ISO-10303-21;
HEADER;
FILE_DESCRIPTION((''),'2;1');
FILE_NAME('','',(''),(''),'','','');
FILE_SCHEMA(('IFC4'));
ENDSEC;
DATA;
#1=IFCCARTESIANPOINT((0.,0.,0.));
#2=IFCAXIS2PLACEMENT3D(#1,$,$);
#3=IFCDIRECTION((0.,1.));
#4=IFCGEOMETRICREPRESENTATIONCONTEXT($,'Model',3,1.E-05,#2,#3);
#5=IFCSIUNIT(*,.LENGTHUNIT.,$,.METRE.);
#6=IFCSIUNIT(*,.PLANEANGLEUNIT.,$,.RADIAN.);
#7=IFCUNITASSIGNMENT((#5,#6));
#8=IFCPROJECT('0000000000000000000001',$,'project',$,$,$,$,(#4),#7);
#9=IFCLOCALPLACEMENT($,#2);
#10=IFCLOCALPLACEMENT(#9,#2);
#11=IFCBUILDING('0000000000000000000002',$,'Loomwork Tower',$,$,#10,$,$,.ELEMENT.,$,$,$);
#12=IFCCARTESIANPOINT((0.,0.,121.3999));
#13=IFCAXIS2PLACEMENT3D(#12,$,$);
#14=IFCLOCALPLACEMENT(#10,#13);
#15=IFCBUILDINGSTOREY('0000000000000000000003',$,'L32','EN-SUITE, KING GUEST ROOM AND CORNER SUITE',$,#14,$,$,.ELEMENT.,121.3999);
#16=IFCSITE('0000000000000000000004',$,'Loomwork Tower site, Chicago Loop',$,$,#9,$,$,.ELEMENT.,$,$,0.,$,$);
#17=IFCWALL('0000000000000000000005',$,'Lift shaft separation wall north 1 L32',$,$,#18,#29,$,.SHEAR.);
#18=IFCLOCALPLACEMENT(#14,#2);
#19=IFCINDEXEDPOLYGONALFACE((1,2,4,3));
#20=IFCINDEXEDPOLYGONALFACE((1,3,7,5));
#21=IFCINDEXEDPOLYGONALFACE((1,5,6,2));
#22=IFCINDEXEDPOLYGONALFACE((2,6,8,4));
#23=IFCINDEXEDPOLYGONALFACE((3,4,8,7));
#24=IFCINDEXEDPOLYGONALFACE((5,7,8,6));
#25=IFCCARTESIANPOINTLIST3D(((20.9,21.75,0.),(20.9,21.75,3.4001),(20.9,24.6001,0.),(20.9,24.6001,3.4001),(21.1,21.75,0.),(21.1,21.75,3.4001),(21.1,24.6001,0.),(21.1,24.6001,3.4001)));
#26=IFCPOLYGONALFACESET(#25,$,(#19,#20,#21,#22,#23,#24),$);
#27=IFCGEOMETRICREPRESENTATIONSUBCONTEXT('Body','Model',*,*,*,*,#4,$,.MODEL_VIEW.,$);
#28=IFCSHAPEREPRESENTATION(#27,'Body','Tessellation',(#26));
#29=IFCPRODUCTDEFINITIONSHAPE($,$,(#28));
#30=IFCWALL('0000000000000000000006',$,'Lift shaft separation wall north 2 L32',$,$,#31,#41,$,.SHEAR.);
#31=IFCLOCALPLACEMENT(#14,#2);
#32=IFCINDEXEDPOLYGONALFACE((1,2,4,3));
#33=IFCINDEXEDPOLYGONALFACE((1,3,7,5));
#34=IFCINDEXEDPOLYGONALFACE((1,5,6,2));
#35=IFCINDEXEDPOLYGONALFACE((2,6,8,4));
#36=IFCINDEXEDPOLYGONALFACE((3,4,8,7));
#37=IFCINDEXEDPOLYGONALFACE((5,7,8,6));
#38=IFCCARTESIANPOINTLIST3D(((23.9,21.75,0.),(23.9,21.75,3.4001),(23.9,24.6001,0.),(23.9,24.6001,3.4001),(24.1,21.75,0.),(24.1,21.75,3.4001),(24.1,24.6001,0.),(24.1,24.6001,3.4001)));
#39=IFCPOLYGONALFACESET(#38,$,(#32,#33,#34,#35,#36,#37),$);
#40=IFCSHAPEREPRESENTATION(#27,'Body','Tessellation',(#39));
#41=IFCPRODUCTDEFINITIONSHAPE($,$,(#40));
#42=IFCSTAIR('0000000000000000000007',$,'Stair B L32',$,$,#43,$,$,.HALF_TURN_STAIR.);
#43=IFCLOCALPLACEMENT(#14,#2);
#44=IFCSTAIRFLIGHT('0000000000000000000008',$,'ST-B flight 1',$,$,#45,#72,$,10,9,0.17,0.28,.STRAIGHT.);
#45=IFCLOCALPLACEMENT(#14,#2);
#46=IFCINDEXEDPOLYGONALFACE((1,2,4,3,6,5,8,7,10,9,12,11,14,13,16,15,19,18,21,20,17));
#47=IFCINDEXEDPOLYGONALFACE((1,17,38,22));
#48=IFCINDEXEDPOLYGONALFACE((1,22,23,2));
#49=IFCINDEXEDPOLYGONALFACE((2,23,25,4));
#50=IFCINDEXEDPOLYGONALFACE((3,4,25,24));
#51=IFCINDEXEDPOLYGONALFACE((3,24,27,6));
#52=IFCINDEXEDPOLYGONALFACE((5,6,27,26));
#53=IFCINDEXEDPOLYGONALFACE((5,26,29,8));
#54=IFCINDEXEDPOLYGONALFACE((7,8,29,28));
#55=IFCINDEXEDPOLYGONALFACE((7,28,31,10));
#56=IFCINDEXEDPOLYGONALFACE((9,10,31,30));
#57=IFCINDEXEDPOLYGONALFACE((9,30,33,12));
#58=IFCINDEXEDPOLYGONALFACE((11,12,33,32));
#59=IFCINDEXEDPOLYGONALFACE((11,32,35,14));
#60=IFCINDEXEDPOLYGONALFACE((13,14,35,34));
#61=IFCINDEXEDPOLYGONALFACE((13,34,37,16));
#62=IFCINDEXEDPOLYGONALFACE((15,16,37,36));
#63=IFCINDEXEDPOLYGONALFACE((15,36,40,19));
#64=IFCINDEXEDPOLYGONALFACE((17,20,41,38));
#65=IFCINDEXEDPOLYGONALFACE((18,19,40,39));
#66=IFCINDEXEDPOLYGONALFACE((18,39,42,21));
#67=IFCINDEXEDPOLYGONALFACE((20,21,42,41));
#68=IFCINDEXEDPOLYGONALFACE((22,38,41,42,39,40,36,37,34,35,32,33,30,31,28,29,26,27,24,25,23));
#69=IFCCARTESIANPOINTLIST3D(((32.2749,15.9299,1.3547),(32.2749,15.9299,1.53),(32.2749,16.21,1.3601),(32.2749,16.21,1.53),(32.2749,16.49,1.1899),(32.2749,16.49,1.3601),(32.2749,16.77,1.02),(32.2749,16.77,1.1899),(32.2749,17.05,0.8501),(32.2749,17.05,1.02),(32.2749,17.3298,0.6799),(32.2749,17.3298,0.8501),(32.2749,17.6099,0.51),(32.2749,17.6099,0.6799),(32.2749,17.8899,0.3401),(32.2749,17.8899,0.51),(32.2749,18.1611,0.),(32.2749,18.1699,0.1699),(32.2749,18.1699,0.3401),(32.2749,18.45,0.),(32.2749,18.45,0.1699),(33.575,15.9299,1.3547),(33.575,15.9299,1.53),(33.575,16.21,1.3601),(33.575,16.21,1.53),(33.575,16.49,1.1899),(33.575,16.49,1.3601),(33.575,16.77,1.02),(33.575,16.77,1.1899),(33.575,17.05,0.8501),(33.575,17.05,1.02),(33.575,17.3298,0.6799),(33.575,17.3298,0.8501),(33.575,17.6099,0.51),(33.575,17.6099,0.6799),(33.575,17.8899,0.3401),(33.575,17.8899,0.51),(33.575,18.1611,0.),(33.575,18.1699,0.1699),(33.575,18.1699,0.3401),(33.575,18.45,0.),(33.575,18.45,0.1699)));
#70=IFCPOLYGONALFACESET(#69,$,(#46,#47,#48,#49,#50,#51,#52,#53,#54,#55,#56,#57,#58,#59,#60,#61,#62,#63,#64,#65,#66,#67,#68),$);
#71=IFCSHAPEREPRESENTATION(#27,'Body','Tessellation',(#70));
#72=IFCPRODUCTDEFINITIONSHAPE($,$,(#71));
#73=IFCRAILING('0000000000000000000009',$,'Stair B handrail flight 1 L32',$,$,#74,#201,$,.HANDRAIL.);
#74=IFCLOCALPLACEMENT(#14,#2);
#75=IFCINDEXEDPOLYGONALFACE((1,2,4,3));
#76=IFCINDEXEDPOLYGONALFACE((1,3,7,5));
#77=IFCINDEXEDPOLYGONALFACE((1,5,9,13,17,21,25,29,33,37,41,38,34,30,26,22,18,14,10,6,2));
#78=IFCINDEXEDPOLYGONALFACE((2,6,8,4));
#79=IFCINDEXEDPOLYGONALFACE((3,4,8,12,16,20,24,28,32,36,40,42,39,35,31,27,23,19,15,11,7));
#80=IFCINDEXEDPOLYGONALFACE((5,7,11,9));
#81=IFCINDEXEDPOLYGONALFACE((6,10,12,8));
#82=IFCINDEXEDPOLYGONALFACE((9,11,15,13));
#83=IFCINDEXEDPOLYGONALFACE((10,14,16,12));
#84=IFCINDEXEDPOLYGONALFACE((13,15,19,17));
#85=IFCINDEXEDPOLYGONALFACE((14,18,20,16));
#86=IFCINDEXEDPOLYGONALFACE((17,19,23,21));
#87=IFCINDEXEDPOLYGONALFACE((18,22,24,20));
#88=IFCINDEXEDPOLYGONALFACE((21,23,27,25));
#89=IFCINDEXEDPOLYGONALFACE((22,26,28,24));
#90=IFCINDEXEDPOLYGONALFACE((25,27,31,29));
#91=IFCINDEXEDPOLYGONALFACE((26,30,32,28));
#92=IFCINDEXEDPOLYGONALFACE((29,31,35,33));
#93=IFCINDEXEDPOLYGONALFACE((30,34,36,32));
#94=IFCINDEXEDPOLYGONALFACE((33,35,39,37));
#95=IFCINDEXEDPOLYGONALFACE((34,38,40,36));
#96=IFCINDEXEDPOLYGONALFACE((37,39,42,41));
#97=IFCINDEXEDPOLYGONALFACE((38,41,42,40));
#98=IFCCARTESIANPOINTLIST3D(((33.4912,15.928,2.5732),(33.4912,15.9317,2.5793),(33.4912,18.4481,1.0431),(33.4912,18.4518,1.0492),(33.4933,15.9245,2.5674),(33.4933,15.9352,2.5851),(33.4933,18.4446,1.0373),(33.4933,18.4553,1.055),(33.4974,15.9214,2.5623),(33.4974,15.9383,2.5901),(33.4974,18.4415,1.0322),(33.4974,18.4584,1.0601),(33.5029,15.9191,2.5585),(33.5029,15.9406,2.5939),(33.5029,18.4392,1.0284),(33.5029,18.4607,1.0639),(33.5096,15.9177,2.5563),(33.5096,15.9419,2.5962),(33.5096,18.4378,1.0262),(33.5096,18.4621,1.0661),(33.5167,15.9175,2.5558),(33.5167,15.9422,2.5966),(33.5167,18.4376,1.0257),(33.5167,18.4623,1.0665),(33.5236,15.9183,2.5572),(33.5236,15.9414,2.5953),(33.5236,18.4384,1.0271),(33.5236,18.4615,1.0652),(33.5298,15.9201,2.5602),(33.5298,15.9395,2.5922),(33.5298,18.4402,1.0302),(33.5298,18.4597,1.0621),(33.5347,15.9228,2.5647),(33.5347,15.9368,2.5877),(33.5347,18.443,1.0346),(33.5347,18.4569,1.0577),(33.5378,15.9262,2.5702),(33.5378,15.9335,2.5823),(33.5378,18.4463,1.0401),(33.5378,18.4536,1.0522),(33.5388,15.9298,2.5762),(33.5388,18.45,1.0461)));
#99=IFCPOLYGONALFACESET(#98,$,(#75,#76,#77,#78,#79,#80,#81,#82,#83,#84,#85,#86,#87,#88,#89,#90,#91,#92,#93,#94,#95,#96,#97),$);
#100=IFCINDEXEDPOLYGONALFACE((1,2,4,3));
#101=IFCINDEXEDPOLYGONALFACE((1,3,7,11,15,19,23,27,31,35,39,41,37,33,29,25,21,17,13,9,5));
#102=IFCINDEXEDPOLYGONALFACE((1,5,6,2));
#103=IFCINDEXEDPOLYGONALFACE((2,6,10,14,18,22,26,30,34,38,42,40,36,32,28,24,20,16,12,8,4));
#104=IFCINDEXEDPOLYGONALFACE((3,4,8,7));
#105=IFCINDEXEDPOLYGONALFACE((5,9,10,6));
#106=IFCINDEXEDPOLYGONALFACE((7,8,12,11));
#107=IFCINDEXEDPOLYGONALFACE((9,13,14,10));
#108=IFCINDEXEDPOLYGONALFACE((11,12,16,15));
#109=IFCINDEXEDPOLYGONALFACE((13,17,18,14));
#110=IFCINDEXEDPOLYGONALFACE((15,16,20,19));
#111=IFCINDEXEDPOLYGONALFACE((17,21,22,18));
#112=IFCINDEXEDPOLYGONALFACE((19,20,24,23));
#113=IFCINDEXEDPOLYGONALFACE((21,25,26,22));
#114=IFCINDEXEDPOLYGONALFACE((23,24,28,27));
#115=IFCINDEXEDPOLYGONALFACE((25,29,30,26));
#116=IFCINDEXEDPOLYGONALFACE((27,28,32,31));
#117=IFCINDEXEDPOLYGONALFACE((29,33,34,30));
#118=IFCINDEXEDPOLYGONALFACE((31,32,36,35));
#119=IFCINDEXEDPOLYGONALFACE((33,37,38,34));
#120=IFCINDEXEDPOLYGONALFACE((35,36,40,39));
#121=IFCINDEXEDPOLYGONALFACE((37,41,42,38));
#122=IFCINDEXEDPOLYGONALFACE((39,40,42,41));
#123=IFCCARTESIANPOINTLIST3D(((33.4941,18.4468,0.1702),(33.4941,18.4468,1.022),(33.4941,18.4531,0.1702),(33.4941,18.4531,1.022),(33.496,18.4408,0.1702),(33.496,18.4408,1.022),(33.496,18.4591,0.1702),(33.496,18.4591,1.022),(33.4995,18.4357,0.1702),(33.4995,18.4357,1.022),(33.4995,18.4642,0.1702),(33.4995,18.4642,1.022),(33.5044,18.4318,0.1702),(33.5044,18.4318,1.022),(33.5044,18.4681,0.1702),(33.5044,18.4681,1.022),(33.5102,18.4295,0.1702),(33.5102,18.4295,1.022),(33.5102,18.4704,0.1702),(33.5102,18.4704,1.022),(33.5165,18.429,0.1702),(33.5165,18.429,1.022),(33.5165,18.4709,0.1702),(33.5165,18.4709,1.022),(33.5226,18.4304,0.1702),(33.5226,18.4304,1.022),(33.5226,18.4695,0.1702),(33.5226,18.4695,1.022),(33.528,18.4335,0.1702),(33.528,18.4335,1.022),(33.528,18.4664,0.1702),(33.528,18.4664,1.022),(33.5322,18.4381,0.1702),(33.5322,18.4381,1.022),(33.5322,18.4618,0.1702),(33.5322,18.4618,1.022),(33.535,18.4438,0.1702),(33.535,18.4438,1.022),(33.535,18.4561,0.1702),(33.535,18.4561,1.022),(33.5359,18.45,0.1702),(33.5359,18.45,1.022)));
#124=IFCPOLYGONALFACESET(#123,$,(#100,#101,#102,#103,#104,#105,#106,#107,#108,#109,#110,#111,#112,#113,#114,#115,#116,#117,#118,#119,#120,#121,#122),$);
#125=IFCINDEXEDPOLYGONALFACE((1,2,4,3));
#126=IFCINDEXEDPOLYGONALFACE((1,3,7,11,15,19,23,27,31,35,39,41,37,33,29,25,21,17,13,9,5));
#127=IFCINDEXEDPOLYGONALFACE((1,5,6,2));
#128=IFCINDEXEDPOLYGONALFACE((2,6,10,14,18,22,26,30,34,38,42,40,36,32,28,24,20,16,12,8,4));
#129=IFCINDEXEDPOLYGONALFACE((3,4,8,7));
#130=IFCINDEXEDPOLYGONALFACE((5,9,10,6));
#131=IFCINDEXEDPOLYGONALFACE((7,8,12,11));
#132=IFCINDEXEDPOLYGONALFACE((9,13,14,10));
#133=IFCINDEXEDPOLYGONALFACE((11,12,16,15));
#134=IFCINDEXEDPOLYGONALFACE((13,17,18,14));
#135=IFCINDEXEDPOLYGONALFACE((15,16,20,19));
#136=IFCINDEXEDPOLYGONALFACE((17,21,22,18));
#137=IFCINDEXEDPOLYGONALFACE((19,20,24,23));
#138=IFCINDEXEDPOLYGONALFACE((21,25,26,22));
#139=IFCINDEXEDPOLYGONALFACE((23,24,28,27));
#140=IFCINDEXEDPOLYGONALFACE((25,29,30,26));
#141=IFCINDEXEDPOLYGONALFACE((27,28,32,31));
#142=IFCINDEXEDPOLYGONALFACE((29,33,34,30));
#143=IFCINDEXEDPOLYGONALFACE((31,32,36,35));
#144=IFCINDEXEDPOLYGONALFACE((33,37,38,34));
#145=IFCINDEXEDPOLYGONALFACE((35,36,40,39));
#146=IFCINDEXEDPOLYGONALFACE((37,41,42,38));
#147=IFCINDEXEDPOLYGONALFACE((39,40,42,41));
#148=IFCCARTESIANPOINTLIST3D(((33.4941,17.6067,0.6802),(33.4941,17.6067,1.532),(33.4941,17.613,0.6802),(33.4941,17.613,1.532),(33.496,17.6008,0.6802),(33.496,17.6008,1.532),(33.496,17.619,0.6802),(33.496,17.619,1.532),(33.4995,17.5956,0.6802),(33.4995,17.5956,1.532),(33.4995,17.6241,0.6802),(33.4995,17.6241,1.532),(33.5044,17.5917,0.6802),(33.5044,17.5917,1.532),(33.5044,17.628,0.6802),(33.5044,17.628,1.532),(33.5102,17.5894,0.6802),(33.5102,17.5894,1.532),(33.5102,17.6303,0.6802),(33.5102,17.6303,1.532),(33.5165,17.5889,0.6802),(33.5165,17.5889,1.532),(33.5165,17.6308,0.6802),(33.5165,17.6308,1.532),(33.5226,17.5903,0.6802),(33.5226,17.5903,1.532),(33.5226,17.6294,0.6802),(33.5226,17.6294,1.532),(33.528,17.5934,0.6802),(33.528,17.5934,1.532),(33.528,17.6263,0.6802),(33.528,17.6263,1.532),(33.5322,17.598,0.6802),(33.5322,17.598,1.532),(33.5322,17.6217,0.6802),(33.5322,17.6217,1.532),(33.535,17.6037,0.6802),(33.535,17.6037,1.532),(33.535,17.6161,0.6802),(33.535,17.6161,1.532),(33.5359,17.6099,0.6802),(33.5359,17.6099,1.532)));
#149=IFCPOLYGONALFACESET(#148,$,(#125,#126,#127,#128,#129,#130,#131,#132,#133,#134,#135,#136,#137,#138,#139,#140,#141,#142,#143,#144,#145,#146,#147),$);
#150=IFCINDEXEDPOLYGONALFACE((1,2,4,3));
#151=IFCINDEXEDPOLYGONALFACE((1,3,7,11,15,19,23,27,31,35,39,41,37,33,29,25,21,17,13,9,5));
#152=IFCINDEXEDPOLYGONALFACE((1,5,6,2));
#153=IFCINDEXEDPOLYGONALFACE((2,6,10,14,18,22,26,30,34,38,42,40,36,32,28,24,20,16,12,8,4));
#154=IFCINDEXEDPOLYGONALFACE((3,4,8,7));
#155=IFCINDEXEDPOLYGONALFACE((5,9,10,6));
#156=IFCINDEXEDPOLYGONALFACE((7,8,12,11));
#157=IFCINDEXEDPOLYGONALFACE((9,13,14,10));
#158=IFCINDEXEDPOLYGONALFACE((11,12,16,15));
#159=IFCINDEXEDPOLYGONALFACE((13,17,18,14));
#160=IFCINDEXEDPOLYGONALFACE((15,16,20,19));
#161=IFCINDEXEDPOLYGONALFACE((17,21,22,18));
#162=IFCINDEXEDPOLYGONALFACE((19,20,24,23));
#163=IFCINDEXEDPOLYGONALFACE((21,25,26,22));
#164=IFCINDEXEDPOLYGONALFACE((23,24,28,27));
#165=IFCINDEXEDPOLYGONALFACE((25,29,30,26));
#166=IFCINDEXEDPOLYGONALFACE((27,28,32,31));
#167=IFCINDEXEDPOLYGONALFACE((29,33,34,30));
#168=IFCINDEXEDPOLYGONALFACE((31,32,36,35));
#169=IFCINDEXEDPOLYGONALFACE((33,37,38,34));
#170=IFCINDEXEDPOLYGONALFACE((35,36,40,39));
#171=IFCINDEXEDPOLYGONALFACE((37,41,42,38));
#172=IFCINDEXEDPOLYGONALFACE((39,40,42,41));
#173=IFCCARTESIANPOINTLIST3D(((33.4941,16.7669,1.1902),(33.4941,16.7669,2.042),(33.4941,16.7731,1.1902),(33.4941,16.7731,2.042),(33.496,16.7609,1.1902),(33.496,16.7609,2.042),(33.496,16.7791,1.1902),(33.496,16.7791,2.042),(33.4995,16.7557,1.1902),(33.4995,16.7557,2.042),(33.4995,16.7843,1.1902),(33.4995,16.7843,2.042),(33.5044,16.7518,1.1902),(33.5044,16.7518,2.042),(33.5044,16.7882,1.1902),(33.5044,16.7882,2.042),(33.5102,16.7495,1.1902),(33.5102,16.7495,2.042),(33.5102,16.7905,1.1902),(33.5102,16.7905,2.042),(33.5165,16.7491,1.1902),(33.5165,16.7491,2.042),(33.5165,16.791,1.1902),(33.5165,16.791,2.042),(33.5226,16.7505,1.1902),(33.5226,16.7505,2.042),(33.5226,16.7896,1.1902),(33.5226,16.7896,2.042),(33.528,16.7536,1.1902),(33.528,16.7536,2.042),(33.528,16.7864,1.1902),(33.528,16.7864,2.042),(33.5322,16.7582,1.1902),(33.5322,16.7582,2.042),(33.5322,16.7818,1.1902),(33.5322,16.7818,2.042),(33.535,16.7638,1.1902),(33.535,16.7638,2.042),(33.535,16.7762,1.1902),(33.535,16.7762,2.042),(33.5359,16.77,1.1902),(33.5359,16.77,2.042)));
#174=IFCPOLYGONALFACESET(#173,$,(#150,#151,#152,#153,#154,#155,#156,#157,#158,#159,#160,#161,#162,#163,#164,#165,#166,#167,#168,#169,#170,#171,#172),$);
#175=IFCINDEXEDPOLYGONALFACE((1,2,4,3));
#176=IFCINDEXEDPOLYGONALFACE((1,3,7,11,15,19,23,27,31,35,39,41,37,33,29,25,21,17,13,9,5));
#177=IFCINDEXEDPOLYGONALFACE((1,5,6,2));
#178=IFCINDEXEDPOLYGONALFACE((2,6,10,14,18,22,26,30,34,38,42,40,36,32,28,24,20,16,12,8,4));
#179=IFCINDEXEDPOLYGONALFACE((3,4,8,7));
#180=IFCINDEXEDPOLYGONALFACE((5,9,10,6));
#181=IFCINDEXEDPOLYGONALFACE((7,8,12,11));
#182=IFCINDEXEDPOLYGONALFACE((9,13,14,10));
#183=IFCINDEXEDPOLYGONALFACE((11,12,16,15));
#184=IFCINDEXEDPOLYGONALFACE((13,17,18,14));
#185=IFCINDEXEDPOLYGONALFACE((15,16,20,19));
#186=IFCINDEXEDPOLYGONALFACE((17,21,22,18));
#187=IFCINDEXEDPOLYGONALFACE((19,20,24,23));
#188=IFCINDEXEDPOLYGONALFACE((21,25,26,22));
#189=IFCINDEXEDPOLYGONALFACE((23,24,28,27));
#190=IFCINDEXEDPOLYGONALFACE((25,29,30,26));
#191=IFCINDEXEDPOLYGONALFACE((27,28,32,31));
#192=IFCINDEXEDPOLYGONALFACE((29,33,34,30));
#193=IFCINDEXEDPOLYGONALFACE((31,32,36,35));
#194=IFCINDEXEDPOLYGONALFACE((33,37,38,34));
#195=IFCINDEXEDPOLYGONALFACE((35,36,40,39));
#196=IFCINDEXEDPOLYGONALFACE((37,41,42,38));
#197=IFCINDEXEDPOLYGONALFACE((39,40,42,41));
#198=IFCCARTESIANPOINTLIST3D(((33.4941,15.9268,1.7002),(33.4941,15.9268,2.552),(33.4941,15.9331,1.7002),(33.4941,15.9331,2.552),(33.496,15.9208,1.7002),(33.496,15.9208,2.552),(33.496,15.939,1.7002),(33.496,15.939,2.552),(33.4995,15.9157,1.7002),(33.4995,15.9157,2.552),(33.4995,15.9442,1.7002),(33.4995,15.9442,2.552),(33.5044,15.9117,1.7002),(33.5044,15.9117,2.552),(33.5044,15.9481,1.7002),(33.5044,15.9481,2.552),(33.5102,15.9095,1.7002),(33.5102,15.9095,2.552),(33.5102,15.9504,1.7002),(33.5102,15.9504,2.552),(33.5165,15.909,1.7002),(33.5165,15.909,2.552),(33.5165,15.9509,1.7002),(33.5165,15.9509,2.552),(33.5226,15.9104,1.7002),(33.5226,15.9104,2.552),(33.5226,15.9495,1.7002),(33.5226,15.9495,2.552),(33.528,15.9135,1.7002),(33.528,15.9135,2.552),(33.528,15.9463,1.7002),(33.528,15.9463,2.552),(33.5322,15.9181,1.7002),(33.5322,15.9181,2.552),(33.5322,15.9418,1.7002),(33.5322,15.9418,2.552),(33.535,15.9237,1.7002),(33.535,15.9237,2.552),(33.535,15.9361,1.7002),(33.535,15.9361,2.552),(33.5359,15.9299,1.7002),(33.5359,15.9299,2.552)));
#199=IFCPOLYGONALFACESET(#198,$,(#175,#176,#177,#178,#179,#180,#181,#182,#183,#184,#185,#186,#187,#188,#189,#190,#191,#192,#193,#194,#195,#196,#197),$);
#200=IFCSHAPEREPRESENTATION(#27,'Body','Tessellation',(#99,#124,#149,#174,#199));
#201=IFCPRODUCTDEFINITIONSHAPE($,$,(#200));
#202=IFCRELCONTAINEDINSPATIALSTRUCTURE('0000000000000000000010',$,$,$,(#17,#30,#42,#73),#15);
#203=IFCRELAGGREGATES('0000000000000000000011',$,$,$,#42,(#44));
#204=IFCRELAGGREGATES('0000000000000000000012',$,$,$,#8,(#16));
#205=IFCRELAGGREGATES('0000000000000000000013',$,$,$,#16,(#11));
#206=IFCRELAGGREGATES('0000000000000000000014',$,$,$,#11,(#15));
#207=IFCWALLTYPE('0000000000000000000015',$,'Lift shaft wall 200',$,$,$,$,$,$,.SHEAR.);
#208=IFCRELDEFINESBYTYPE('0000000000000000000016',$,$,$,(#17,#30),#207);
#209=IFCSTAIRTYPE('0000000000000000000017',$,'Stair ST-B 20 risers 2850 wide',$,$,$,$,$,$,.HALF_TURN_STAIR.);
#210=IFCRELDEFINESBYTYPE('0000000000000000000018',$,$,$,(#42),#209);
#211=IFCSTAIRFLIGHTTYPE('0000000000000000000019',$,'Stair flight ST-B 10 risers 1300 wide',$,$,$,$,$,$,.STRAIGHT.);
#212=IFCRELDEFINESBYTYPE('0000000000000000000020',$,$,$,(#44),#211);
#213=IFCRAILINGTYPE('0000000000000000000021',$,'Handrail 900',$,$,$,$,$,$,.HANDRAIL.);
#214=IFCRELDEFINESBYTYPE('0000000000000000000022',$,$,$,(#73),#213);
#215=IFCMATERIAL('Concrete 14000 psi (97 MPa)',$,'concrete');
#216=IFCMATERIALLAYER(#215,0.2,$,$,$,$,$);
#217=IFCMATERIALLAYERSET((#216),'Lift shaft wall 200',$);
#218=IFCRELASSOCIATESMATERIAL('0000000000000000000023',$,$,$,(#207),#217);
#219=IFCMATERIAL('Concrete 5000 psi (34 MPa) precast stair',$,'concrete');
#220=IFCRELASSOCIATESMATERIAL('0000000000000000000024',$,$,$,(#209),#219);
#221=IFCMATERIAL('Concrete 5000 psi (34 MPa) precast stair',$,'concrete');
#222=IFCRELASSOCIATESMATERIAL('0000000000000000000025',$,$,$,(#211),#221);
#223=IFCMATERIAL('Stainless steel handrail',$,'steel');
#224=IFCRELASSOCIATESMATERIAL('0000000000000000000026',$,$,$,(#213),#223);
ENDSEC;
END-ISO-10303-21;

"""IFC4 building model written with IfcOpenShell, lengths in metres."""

from ifc_helpers import new_model, si_unit, direction, frame, frame_2d, origin, origin_2d, place, context, subcontext, project, spatial, polyline, rectangle, circle, outline, extrude, material, layer, layer_set, type_object, element, aggregate, save


model = new_model("IFC4")

# Units and contexts
model_context = context("Model", 3, precision=1e-05, world=origin(), true_north=direction((0.0, 1.0)))
body_context = subcontext(model_context, "Body", "Model", "MODEL_VIEW")
ifc_project = project(units=[si_unit("LENGTHUNIT", "METRE"), si_unit("PLANEANGLEUNIT", "RADIAN")], contexts=[model_context])

# Site, building, storey
site_placement = place(None, origin())
site = spatial("IfcSite", under=ifc_project, at=site_placement, Name="Loomwork Tower site, Chicago Loop", CompositionType="ELEMENT", RefElevation=0.0)
building_placement = place(site_placement, origin())
building = spatial("IfcBuilding", under=site, at=building_placement, Name="Loomwork Tower", CompositionType="ELEMENT")
storey_placement = place(building_placement, frame((0.0, 0.0, 121.3999)))
storey = spatial("IfcBuildingStorey", under=building, at=storey_placement, Name="L32", Description="EN-SUITE, KING GUEST ROOM AND CORNER SUITE", CompositionType="ELEMENT", Elevation=121.3999)

# Walls
ifc_material_1 = material(Name="Concrete 14000 psi (97 MPa)", Category="concrete")
ifc_layer_1 = layer(ifc_material_1, 0.2)
ifc_layer_set_1 = layer_set([ifc_layer_1], Name="Lift shaft wall 200")
wall_type_1 = type_object("IfcWallType", Name="Lift shaft wall 200", PredefinedType="SHEAR", material=ifc_layer_set_1)
for number, where, z_axis, x_axis, name in (
    (1, (21.0, 21.75, 0.0), (0.0, 0.0, 1.0), (0.0, 1.0, 0.0), "Lift shaft separation wall north 1 L32"),
    (2, (24.0, 21.75, 0.0), (0.0, 0.0, 1.0), (0.0, 1.0, 0.0), "Lift shaft separation wall north 2 L32"),
):
    element("IfcWall", number, at=place(storey_placement, frame(where, z_axis=z_axis, x_axis=x_axis)), inside=storey, type_object=wall_type_1, Name=name, PredefinedType="SHEAR", context=body_context, shape_type="SweptSolid", body=[
        extrude(rectangle(XDim=2.8501, YDim=0.2, at=frame_2d((1.425, 0.0))), origin(), (0.0, 0.0, 1.0), 3.4001),
    ])

# Stair, stair flight
ifc_material_2 = material(Name="Concrete 5000 psi (34 MPa) precast stair", Category="concrete")
stair_type = type_object("IfcStairType", Name="Stair ST-B 20 risers 2850 wide", PredefinedType="HALF_TURN_STAIR", material=ifc_material_2)
stair_placement = place(storey_placement, origin())
stair = element("IfcStair", 3, at=stair_placement, inside=storey, type_object=stair_type, Name="Stair B L32", PredefinedType="HALF_TURN_STAIR")
ifc_material_3 = material(Name="Concrete 5000 psi (34 MPa) precast stair", Category="concrete")
stair_flight_type = type_object("IfcStairFlightType", Name="Stair flight ST-B 10 risers 1300 wide", PredefinedType="STRAIGHT", material=ifc_material_3)
stair_flight_placement = place(storey_placement, frame((32.925, 18.45, 0.0), z_axis=(0.0, 0.0, 1.0), x_axis=(0.0, -1.0, 0.0)))
stair_flight = element("IfcStairFlight", 4, at=stair_flight_placement, type_object=stair_flight_type, Name="ST-B flight 1", NumberOfRisers=10, NumberOfTreads=9, PredefinedType="STRAIGHT", RiserHeight=0.17, TreadLength=0.28, context=body_context, shape_type="SweptSolid", body=[
    extrude(outline(polyline([(0.0, 0.0), (0.0, 0.1699), (0.28, 0.1699), (0.28, 0.3401), (0.5601, 0.3401), (0.5601, 0.51), (0.8401, 0.51), (0.8401, 0.6799), (1.1201, 0.6799), (1.1201, 0.8501), (1.3999, 0.8501), (1.3999, 1.02), (1.6799, 1.02), (1.6799, 1.1899), (1.96, 1.1899), (1.96, 1.3601), (2.24, 1.3601), (2.24, 1.53), (2.52, 1.53), (2.52, 1.7), (2.52, 1.3547), (0.2888, 0.0), (0.0, 0.0)])), frame((0.0, 0.6499, 0.0), z_axis=(0.0, -1.0, 0.0), x_axis=(1.0, 0.0, 0.0)), (0.0, 0.0, 1.0), 1.3),
])
aggregate(stair, [stair_flight])

# Railing
ifc_material_4 = material(Name="Stainless steel handrail", Category="steel")
railing_type = type_object("IfcRailingType", Name="Handrail 900", PredefinedType="HANDRAIL", material=ifc_material_4)
railing_placement = place(storey_placement, frame((33.5149, 18.45, 0.1702)))
element("IfcRailing", 5, at=railing_placement, inside=storey, type_object=railing_type, Name="Stair B handrail flight 1 L32", PredefinedType="HANDRAIL", context=body_context, shape_type="SweptSolid", body=[
    extrude(circle(Radius=0.0239, at=origin_2d()), frame((0.0, 0.0, 0.876), z_axis=(0.0, -0.854785, 0.518982), x_axis=(1.0, 0.0, 0.0)), (0.0, 0.0, 1.0), 2.9482),
    extrude(circle(Radius=0.021, at=origin_2d()), origin(), (0.0, 0.0, 1.0), 0.8518),
    extrude(circle(Radius=0.021, at=origin_2d()), frame((0.0, -0.8401, 0.51)), (0.0, 0.0, 1.0), 0.8518),
    extrude(circle(Radius=0.021, at=origin_2d()), frame((0.0, -1.6799, 1.02)), (0.0, 0.0, 1.0), 0.8518),
    extrude(circle(Radius=0.021, at=origin_2d()), frame((0.0, -2.52, 1.53)), (0.0, 0.0, 1.0), 0.8518),
])

save(model, "model.ifc")
